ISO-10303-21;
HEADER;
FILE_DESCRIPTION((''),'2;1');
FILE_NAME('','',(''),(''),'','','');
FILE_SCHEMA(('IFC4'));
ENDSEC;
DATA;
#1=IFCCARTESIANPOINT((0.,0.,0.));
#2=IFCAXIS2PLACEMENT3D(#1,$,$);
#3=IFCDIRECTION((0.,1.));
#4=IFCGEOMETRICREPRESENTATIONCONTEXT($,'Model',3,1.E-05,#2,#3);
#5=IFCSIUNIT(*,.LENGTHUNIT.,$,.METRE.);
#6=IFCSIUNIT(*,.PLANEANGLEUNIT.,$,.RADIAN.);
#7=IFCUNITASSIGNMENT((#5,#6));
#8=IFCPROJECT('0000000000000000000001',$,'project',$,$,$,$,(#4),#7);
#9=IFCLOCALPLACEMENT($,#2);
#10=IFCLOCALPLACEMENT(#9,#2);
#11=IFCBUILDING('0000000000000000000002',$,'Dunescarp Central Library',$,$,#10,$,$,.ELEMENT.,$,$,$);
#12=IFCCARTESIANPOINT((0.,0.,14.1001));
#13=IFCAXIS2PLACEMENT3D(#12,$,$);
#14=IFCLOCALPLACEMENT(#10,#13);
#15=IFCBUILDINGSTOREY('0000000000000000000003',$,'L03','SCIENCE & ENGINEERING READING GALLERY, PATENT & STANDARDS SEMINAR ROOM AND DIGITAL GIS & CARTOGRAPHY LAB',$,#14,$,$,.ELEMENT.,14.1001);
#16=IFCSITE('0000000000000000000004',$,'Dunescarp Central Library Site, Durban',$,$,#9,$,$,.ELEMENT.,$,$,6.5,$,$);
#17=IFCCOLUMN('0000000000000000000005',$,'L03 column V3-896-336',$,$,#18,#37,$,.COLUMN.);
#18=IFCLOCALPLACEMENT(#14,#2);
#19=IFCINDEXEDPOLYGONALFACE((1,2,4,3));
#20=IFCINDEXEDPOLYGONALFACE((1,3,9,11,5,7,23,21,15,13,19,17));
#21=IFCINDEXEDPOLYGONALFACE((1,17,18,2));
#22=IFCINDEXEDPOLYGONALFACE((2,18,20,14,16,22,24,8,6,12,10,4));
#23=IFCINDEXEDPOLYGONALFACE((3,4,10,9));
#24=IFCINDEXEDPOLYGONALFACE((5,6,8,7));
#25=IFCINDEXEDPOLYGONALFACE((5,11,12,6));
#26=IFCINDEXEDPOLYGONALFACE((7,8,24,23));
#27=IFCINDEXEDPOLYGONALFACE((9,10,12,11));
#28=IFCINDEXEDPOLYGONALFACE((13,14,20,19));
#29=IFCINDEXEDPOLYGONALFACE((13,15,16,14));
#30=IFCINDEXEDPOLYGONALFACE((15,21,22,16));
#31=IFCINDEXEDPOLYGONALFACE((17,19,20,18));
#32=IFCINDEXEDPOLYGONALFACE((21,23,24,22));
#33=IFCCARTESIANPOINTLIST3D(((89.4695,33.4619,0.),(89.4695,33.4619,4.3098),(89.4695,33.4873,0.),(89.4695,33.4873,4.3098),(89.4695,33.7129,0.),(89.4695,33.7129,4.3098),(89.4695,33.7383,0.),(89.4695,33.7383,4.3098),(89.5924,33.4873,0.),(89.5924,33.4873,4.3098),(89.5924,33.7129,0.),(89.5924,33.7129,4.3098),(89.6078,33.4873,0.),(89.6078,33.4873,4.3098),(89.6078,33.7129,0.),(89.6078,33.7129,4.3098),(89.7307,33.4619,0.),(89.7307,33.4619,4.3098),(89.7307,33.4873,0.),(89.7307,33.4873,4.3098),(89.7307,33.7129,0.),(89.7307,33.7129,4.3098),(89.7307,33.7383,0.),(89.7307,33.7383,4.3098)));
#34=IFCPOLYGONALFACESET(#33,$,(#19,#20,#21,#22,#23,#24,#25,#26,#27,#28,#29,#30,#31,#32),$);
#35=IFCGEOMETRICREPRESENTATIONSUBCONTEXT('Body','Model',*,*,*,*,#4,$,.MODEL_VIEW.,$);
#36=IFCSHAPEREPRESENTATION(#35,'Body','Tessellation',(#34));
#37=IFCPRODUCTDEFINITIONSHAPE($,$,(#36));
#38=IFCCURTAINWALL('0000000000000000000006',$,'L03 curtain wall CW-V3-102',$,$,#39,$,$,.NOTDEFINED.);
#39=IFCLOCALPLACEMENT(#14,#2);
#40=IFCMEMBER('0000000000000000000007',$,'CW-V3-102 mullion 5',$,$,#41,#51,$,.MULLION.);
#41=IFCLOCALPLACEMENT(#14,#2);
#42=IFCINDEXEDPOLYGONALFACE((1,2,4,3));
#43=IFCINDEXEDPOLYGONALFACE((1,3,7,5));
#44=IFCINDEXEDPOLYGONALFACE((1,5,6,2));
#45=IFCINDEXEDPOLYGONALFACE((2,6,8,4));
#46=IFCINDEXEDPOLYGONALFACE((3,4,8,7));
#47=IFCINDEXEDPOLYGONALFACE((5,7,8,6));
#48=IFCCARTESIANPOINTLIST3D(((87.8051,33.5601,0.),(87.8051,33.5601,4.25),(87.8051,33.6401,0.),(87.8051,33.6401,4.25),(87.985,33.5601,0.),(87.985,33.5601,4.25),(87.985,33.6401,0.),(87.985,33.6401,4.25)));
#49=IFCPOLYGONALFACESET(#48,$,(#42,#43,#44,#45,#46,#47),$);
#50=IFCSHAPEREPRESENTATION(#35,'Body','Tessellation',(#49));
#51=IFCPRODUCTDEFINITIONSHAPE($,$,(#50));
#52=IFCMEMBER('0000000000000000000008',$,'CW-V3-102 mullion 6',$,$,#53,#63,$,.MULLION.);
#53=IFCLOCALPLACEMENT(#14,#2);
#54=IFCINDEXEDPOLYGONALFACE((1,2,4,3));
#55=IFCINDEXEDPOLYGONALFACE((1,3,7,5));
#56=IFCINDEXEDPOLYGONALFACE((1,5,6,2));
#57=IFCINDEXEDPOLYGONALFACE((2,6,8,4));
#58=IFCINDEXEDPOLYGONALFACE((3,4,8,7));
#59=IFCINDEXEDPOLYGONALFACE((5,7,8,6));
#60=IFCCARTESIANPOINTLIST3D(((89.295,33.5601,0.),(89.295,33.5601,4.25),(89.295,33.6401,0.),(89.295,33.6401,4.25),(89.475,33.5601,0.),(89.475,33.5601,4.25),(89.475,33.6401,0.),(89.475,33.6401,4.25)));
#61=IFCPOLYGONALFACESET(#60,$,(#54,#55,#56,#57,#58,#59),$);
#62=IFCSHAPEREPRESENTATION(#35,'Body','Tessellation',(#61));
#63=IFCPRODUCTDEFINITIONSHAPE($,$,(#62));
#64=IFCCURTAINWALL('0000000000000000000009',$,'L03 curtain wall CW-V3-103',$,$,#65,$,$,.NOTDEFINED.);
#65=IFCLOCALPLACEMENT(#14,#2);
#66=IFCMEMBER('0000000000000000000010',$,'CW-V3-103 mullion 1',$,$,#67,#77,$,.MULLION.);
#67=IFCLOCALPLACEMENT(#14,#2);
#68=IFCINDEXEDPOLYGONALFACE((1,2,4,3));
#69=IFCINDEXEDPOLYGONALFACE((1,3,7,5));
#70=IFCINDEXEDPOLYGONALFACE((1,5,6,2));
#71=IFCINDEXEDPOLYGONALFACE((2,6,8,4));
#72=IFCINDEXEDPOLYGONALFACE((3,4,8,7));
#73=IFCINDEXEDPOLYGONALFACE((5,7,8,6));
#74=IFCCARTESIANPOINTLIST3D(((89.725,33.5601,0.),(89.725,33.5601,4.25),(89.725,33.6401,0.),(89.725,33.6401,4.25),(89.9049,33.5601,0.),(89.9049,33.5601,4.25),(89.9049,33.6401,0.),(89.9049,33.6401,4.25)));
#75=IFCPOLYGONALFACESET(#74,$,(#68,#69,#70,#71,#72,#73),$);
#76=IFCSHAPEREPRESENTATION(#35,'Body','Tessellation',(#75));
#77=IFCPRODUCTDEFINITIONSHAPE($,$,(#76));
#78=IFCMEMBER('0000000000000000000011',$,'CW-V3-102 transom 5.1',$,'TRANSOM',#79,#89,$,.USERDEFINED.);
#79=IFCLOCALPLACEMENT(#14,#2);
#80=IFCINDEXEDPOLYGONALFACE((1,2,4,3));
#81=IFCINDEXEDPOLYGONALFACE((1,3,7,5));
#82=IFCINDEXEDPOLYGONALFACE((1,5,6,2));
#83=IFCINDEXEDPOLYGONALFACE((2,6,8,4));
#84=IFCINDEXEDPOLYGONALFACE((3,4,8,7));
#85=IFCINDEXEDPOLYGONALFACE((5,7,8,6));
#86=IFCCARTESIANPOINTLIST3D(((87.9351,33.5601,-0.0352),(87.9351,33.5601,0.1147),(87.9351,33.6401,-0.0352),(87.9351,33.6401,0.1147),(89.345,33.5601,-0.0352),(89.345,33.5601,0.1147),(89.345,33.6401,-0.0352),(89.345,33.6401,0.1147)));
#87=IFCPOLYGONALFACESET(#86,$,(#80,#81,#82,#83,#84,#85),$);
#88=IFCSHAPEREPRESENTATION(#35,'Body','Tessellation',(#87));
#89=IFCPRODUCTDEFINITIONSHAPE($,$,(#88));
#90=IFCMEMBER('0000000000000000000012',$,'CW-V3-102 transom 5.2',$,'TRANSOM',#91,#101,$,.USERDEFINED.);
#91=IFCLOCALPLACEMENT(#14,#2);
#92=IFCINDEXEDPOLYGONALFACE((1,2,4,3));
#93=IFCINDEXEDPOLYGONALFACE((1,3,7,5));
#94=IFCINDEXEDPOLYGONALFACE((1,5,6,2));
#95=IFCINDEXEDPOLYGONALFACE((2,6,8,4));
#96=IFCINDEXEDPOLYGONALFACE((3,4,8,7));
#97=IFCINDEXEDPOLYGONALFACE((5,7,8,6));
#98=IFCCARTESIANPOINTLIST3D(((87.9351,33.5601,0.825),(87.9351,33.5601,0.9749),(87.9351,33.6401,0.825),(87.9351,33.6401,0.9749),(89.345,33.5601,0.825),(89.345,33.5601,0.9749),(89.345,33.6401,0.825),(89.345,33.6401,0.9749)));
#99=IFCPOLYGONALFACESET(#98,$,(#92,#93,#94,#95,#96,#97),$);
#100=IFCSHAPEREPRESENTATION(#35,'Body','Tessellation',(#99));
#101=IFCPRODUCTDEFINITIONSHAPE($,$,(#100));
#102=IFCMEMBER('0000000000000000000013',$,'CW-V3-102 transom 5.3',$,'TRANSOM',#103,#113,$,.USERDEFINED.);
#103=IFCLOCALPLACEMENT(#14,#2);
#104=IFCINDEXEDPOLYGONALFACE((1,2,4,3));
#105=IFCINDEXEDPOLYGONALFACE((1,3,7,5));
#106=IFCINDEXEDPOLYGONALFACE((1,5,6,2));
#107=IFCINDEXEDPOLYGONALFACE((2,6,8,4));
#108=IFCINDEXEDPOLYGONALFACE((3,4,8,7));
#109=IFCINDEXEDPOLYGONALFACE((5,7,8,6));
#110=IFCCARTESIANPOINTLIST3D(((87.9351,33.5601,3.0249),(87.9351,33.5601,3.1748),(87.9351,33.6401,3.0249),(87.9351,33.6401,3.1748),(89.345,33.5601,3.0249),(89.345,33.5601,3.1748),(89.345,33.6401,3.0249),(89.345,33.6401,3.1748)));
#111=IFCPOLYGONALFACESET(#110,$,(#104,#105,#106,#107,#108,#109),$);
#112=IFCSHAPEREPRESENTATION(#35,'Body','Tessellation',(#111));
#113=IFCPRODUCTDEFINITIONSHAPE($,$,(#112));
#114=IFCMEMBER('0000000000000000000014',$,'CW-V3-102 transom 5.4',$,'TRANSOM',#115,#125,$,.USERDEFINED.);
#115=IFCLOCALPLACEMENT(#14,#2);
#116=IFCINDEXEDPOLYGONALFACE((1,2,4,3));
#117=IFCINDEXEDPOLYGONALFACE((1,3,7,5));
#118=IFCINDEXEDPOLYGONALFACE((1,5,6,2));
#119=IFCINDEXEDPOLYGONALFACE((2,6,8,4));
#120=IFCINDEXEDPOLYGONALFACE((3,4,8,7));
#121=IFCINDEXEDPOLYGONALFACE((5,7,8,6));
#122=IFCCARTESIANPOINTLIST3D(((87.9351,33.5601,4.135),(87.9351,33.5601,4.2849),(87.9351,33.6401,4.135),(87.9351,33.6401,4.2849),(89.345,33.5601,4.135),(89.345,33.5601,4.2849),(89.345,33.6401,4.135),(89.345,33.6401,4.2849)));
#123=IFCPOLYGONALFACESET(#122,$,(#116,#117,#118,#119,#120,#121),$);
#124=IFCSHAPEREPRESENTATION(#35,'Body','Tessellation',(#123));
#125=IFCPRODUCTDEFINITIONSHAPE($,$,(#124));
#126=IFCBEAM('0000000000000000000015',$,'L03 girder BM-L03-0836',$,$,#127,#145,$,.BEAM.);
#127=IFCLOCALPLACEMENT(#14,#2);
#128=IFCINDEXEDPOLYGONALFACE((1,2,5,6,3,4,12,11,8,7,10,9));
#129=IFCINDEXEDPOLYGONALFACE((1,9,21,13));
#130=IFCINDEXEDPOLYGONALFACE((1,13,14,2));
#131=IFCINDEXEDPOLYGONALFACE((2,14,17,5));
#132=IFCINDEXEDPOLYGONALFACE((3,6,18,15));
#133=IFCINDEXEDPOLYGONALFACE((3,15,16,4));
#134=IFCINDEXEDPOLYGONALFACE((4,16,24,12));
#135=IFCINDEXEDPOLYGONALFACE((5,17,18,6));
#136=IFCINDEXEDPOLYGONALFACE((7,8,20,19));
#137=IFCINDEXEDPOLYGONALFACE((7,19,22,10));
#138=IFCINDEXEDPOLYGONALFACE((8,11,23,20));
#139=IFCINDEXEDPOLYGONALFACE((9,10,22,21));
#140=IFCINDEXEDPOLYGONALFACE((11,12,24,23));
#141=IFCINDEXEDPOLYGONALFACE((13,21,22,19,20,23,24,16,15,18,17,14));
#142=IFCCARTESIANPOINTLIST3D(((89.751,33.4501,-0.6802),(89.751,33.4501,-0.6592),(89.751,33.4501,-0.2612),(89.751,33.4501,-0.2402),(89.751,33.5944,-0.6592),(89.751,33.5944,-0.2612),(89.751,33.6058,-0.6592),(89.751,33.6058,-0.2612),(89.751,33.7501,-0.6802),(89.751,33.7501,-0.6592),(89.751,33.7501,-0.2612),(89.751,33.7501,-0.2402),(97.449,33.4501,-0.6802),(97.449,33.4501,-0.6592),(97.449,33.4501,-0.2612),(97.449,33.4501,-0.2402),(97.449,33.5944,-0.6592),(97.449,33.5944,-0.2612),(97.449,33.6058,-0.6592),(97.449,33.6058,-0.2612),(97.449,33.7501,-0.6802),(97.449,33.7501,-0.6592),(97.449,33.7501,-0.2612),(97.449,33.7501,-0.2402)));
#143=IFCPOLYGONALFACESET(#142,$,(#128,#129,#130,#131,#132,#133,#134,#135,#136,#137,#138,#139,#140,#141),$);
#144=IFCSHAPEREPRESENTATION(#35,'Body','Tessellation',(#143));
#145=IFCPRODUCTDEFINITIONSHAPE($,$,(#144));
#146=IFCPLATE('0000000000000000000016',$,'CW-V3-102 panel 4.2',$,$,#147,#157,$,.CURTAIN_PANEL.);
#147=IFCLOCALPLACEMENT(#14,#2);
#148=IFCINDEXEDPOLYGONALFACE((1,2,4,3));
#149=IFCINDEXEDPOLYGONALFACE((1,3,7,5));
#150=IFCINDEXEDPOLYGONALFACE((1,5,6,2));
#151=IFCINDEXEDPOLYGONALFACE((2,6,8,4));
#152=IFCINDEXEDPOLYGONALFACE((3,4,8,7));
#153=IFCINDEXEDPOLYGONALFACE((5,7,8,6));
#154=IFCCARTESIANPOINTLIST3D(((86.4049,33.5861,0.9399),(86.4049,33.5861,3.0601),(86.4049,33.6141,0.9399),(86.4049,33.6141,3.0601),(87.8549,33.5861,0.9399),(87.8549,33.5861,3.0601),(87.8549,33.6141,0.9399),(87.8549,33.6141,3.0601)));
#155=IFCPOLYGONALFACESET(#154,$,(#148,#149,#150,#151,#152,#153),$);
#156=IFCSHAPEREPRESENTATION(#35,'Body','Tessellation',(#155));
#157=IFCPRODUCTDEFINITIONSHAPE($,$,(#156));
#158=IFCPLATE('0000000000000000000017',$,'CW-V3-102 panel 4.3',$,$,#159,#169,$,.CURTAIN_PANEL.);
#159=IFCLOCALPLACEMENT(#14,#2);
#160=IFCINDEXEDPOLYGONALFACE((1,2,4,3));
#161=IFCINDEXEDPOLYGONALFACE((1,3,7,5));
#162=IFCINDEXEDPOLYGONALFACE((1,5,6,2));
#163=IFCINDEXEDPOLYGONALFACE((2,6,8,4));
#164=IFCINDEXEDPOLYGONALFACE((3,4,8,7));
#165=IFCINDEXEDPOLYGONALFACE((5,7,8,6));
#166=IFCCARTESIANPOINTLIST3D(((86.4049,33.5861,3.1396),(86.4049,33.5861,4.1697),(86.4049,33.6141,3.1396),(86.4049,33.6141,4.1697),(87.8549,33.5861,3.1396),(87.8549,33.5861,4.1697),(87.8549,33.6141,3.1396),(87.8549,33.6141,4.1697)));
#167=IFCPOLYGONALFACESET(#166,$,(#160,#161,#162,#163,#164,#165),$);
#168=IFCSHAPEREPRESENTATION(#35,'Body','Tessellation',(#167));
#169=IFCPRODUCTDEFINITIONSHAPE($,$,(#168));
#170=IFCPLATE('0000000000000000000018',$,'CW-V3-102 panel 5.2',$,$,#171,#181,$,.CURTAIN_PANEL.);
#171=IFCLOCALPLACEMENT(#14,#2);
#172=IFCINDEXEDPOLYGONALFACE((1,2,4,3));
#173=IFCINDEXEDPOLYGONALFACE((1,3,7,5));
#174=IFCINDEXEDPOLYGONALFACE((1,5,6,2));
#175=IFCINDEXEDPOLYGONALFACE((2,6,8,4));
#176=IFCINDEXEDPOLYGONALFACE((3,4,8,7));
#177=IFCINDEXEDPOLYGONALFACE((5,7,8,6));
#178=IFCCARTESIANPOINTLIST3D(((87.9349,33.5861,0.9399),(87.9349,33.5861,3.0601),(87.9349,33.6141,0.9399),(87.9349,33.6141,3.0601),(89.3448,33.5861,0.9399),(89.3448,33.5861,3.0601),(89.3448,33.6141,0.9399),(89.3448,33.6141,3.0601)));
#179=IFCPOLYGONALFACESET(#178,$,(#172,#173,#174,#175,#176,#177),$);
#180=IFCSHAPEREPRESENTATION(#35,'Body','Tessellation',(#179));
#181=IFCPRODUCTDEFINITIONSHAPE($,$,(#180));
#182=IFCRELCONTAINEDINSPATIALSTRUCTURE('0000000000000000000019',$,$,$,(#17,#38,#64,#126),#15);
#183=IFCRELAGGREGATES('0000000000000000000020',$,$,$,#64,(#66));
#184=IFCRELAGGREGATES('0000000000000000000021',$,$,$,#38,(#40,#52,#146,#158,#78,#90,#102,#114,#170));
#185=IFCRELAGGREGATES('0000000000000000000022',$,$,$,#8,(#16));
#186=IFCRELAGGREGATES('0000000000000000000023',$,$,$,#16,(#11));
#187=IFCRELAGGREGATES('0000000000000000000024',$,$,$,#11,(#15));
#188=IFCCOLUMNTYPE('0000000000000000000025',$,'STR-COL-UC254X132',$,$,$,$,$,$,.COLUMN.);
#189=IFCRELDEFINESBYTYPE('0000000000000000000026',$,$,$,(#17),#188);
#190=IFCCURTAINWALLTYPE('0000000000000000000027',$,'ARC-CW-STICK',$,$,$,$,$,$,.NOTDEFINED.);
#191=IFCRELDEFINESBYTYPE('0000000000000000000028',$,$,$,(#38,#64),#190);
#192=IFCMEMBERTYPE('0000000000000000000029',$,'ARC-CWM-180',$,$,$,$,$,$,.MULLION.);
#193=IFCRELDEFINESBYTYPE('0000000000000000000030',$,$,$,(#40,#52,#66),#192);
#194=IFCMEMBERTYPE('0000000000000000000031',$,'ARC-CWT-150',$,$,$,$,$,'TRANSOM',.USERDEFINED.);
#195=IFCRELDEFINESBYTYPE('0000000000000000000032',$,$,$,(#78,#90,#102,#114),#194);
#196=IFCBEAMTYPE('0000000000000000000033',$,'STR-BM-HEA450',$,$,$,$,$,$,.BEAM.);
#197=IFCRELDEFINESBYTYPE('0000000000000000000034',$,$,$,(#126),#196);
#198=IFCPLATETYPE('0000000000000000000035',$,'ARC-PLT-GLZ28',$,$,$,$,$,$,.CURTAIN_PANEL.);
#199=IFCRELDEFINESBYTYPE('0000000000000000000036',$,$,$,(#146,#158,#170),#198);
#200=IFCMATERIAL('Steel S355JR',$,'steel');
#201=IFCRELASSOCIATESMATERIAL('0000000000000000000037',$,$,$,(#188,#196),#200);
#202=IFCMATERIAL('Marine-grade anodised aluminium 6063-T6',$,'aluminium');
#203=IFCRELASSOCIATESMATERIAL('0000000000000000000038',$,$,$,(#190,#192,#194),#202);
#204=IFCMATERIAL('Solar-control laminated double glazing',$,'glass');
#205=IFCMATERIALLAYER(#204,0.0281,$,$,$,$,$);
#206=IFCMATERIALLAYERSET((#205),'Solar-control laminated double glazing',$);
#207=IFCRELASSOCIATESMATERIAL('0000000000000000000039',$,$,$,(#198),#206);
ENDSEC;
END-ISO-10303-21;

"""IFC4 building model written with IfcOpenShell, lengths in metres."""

from ifc_helpers import new_model, si_unit, direction, frame, origin, origin_2d, place, context, subcontext, project, spatial, rectangle, i_section, extrude, material, layer, layer_set, material_profile, profile_set, type_object, element, aggregate, save


model = new_model("IFC4")

# Units and contexts
model_context = context("Model", 3, precision=1e-05, world=origin(), true_north=direction((0.0, 1.0)))
body_context = subcontext(model_context, "Body", "Model", "MODEL_VIEW")
ifc_project = project(units=[si_unit("LENGTHUNIT", "METRE"), si_unit("PLANEANGLEUNIT", "RADIAN")], contexts=[model_context])

# Site, building, storey
site_placement = place(None, origin())
site = spatial("IfcSite", under=ifc_project, at=site_placement, Name="Dunescarp Central Library Site, Durban", CompositionType="ELEMENT", RefElevation=6.5)
building_placement = place(site_placement, origin())
building = spatial("IfcBuilding", under=site, at=building_placement, Name="Dunescarp Central Library", CompositionType="ELEMENT")
storey_placement = place(building_placement, frame((0.0, 0.0, 14.1001)))
storey = spatial("IfcBuildingStorey", under=building, at=storey_placement, Name="L03", Description="SCIENCE & ENGINEERING READING GALLERY, PATENT & STANDARDS SEMINAR ROOM AND DIGITAL GIS & CARTOGRAPHY LAB", CompositionType="ELEMENT", Elevation=14.1001)

# Column
ifc_material_1 = material(Name="Steel S355JR", Category="steel")
ifc_material_profile_1 = material_profile(ifc_material_1, i_section(OverallWidth=0.2612, OverallDepth=0.2764, WebThickness=0.0154, FlangeThickness=0.0254, at=origin_2d()), Name="UC 254x254x132")
ifc_profile_set_1 = profile_set([ifc_material_profile_1], Name="Steel S355JR")
column_type = type_object("IfcColumnType", Name="STR-COL-UC254X132", PredefinedType="COLUMN", material=ifc_profile_set_1)
column_placement = place(storey_placement, frame((89.6001, 33.6001, 0.0), z_axis=(0.0, 0.0, 1.0), x_axis=(1.0, 0.0, 0.0)))
element("IfcColumn", 1, at=column_placement, inside=storey, type_object=column_type, Name="L03 column V3-896-336", PredefinedType="COLUMN", context=body_context, shape_type="SweptSolid", body=[
    extrude(i_section(OverallWidth=0.2612, OverallDepth=0.2764, WebThickness=0.0154, FlangeThickness=0.0254, at=origin_2d()), origin(), (0.0, 0.0, 1.0), 4.3098),
])

# Curtain wall, members
ifc_material_2 = material(Name="Marine-grade anodised aluminium 6063-T6", Category="aluminium")
curtain_wall_type = type_object("IfcCurtainWallType", Name="ARC-CW-STICK", PredefinedType="NOTDEFINED", material=ifc_material_2)
curtain_wall_1_placement = place(storey_placement, origin())
curtain_wall_1 = element("IfcCurtainWall", 2, at=curtain_wall_1_placement, inside=storey, type_object=curtain_wall_type, Name="L03 curtain wall CW-V3-102", PredefinedType="NOTDEFINED")
ifc_material_profile_2 = material_profile(ifc_material_2, rectangle(XDim=0.0801, YDim=0.1799, at=origin_2d()), Name="AL 80x180")
ifc_profile_set_2 = profile_set([ifc_material_profile_2], Name="Marine-grade anodised aluminium 6063-T6")
member_type_1 = type_object("IfcMemberType", Name="ARC-CWM-180", PredefinedType="MULLION", material=ifc_profile_set_2)
member_1_placement = place(storey_placement, frame((87.895, 33.6001, 0.0), z_axis=(0.0, 0.0, 1.0), x_axis=(0.0, 1.0, 0.0)))
member_1 = element("IfcMember", 3, at=member_1_placement, type_object=member_type_1, Name="CW-V3-102 mullion 5", PredefinedType="MULLION", context=body_context, shape_type="SweptSolid", body=[
    extrude(rectangle(XDim=0.0801, YDim=0.1799, at=origin_2d()), origin(), (0.0, 0.0, 1.0), 4.25),
])
member_2_placement = place(storey_placement, frame((89.385, 33.6001, 0.0), z_axis=(0.0, 0.0, 1.0), x_axis=(0.0, 1.0, 0.0)))
member_2 = element("IfcMember", 4, at=member_2_placement, type_object=member_type_1, Name="CW-V3-102 mullion 6", PredefinedType="MULLION", context=body_context, shape_type="SweptSolid", body=[
    extrude(rectangle(XDim=0.0801, YDim=0.1799, at=origin_2d()), origin(), (0.0, 0.0, 1.0), 4.25),
])

# Curtain wall, member
curtain_wall_2_placement = place(storey_placement, origin())
curtain_wall_2 = element("IfcCurtainWall", 5, at=curtain_wall_2_placement, inside=storey, type_object=curtain_wall_type, Name="L03 curtain wall CW-V3-103", PredefinedType="NOTDEFINED")
member_3_placement = place(storey_placement, frame((89.8149, 33.6001, 0.0), z_axis=(0.0, 0.0, 1.0), x_axis=(0.0, 1.0, 0.0)))
member_3 = element("IfcMember", 6, at=member_3_placement, type_object=member_type_1, Name="CW-V3-103 mullion 1", PredefinedType="MULLION", context=body_context, shape_type="SweptSolid", body=[
    extrude(rectangle(XDim=0.0801, YDim=0.1799, at=origin_2d()), origin(), (0.0, 0.0, 1.0), 4.25),
])
aggregate(curtain_wall_2, [member_3])

# Members
ifc_material_profile_3 = material_profile(ifc_material_2, rectangle(XDim=0.0801, YDim=0.1499, at=origin_2d()), Name="AL 80x150")
ifc_profile_set_3 = profile_set([ifc_material_profile_3], Name="Marine-grade anodised aluminium 6063-T6")
member_type_2 = type_object("IfcMemberType", Name="ARC-CWT-150", ElementType="TRANSOM", PredefinedType="USERDEFINED", material=ifc_profile_set_3)
member_4_placement = place(storey_placement, frame((87.9351, 33.6001, 0.0398), z_axis=(1.0, 0.0, 0.0), x_axis=(0.0, 1.0, 0.0)))
member_4 = element("IfcMember", 7, at=member_4_placement, type_object=member_type_2, Name="CW-V3-102 transom 5.1", ObjectType="TRANSOM", PredefinedType="USERDEFINED", context=body_context, shape_type="SweptSolid", body=[
    extrude(rectangle(XDim=0.0801, YDim=0.1499, at=origin_2d()), origin(), (0.0, 0.0, 1.0), 1.4099),
])
member_5_placement = place(storey_placement, frame((87.9351, 33.6001, 0.8999), z_axis=(1.0, 0.0, 0.0), x_axis=(0.0, 1.0, 0.0)))
member_5 = element("IfcMember", 8, at=member_5_placement, type_object=member_type_2, Name="CW-V3-102 transom 5.2", ObjectType="TRANSOM", PredefinedType="USERDEFINED", context=body_context, shape_type="SweptSolid", body=[
    extrude(rectangle(XDim=0.0801, YDim=0.1499, at=origin_2d()), origin(), (0.0, 0.0, 1.0), 1.4099),
])
member_6_placement = place(storey_placement, frame((87.9351, 33.6001, 3.0999), z_axis=(1.0, 0.0, 0.0), x_axis=(0.0, 1.0, 0.0)))
member_6 = element("IfcMember", 9, at=member_6_placement, type_object=member_type_2, Name="CW-V3-102 transom 5.3", ObjectType="TRANSOM", PredefinedType="USERDEFINED", context=body_context, shape_type="SweptSolid", body=[
    extrude(rectangle(XDim=0.0801, YDim=0.1499, at=origin_2d()), origin(), (0.0, 0.0, 1.0), 1.4099),
])
member_7_placement = place(storey_placement, frame((87.9351, 33.6001, 4.21), z_axis=(1.0, 0.0, 0.0), x_axis=(0.0, 1.0, 0.0)))
member_7 = element("IfcMember", 10, at=member_7_placement, type_object=member_type_2, Name="CW-V3-102 transom 5.4", ObjectType="TRANSOM", PredefinedType="USERDEFINED", context=body_context, shape_type="SweptSolid", body=[
    extrude(rectangle(XDim=0.0801, YDim=0.1499, at=origin_2d()), origin(), (0.0, 0.0, 1.0), 1.4099),
])

# Beam
ifc_material_profile_4 = material_profile(ifc_material_1, i_section(OverallWidth=0.3, OverallDepth=0.4399, WebThickness=0.0115, FlangeThickness=0.021, at=origin_2d()), Name="HEA 450")
ifc_profile_set_4 = profile_set([ifc_material_profile_4], Name="Steel S355JR")
beam_type = type_object("IfcBeamType", Name="STR-BM-HEA450", PredefinedType="BEAM", material=ifc_profile_set_4)
beam_placement = place(storey_placement, frame((89.751, 33.6001, -0.4602), z_axis=(1.0, 0.0, 0.0), x_axis=(0.0, 1.0, 0.0)))
element("IfcBeam", 11, at=beam_placement, inside=storey, type_object=beam_type, Name="L03 girder BM-L03-0836", PredefinedType="BEAM", context=body_context, shape_type="SweptSolid", body=[
    extrude(i_section(OverallWidth=0.3, OverallDepth=0.4399, WebThickness=0.0115, FlangeThickness=0.021, at=origin_2d()), origin(), (0.0, 0.0, 1.0), 7.698),
])

# Plates
ifc_material_3 = material(Name="Solar-control laminated double glazing", Category="glass")
ifc_layer_1 = layer(ifc_material_3, 0.0281)
ifc_layer_set_1 = layer_set([ifc_layer_1], Name="Solar-control laminated double glazing")
plate_type_1 = type_object("IfcPlateType", Name="ARC-PLT-GLZ28", PredefinedType="CURTAIN_PANEL", material=ifc_layer_set_1)
plate_1_placement = place(storey_placement, frame((87.1299, 33.6001, 0.9399), z_axis=(0.0, 0.0, 1.0), x_axis=(1.0, 0.0, 0.0)))
plate_1 = element("IfcPlate", 12, at=plate_1_placement, type_object=plate_type_1, Name="CW-V3-102 panel 4.2", PredefinedType="CURTAIN_PANEL", context=body_context, shape_type="SweptSolid", body=[
    extrude(rectangle(XDim=1.45, YDim=0.0281, at=origin_2d()), origin(), (0.0, 0.0, 1.0), 2.1201),
])
plate_2_placement = place(storey_placement, frame((87.1299, 33.6001, 3.1396), z_axis=(0.0, 0.0, 1.0), x_axis=(1.0, 0.0, 0.0)))
plate_2 = element("IfcPlate", 13, at=plate_2_placement, type_object=plate_type_1, Name="CW-V3-102 panel 4.3", PredefinedType="CURTAIN_PANEL", context=body_context, shape_type="SweptSolid", body=[
    extrude(rectangle(XDim=1.45, YDim=0.0281, at=origin_2d()), origin(), (0.0, 0.0, 1.0), 1.03),
])
plate_3_placement = place(storey_placement, frame((88.6399, 33.6001, 0.9399), z_axis=(0.0, 0.0, 1.0), x_axis=(1.0, 0.0, 0.0)))
plate_3 = element("IfcPlate", 14, at=plate_3_placement, type_object=plate_type_1, Name="CW-V3-102 panel 5.2", PredefinedType="CURTAIN_PANEL", context=body_context, shape_type="SweptSolid", body=[
    extrude(rectangle(XDim=1.4099, YDim=0.0281, at=origin_2d()), origin(), (0.0, 0.0, 1.0), 2.1201),
])
aggregate(curtain_wall_1, [member_1, member_2, plate_1, plate_2, member_4, member_5, member_6, member_7, plate_3])

save(model, "model.ifc")
